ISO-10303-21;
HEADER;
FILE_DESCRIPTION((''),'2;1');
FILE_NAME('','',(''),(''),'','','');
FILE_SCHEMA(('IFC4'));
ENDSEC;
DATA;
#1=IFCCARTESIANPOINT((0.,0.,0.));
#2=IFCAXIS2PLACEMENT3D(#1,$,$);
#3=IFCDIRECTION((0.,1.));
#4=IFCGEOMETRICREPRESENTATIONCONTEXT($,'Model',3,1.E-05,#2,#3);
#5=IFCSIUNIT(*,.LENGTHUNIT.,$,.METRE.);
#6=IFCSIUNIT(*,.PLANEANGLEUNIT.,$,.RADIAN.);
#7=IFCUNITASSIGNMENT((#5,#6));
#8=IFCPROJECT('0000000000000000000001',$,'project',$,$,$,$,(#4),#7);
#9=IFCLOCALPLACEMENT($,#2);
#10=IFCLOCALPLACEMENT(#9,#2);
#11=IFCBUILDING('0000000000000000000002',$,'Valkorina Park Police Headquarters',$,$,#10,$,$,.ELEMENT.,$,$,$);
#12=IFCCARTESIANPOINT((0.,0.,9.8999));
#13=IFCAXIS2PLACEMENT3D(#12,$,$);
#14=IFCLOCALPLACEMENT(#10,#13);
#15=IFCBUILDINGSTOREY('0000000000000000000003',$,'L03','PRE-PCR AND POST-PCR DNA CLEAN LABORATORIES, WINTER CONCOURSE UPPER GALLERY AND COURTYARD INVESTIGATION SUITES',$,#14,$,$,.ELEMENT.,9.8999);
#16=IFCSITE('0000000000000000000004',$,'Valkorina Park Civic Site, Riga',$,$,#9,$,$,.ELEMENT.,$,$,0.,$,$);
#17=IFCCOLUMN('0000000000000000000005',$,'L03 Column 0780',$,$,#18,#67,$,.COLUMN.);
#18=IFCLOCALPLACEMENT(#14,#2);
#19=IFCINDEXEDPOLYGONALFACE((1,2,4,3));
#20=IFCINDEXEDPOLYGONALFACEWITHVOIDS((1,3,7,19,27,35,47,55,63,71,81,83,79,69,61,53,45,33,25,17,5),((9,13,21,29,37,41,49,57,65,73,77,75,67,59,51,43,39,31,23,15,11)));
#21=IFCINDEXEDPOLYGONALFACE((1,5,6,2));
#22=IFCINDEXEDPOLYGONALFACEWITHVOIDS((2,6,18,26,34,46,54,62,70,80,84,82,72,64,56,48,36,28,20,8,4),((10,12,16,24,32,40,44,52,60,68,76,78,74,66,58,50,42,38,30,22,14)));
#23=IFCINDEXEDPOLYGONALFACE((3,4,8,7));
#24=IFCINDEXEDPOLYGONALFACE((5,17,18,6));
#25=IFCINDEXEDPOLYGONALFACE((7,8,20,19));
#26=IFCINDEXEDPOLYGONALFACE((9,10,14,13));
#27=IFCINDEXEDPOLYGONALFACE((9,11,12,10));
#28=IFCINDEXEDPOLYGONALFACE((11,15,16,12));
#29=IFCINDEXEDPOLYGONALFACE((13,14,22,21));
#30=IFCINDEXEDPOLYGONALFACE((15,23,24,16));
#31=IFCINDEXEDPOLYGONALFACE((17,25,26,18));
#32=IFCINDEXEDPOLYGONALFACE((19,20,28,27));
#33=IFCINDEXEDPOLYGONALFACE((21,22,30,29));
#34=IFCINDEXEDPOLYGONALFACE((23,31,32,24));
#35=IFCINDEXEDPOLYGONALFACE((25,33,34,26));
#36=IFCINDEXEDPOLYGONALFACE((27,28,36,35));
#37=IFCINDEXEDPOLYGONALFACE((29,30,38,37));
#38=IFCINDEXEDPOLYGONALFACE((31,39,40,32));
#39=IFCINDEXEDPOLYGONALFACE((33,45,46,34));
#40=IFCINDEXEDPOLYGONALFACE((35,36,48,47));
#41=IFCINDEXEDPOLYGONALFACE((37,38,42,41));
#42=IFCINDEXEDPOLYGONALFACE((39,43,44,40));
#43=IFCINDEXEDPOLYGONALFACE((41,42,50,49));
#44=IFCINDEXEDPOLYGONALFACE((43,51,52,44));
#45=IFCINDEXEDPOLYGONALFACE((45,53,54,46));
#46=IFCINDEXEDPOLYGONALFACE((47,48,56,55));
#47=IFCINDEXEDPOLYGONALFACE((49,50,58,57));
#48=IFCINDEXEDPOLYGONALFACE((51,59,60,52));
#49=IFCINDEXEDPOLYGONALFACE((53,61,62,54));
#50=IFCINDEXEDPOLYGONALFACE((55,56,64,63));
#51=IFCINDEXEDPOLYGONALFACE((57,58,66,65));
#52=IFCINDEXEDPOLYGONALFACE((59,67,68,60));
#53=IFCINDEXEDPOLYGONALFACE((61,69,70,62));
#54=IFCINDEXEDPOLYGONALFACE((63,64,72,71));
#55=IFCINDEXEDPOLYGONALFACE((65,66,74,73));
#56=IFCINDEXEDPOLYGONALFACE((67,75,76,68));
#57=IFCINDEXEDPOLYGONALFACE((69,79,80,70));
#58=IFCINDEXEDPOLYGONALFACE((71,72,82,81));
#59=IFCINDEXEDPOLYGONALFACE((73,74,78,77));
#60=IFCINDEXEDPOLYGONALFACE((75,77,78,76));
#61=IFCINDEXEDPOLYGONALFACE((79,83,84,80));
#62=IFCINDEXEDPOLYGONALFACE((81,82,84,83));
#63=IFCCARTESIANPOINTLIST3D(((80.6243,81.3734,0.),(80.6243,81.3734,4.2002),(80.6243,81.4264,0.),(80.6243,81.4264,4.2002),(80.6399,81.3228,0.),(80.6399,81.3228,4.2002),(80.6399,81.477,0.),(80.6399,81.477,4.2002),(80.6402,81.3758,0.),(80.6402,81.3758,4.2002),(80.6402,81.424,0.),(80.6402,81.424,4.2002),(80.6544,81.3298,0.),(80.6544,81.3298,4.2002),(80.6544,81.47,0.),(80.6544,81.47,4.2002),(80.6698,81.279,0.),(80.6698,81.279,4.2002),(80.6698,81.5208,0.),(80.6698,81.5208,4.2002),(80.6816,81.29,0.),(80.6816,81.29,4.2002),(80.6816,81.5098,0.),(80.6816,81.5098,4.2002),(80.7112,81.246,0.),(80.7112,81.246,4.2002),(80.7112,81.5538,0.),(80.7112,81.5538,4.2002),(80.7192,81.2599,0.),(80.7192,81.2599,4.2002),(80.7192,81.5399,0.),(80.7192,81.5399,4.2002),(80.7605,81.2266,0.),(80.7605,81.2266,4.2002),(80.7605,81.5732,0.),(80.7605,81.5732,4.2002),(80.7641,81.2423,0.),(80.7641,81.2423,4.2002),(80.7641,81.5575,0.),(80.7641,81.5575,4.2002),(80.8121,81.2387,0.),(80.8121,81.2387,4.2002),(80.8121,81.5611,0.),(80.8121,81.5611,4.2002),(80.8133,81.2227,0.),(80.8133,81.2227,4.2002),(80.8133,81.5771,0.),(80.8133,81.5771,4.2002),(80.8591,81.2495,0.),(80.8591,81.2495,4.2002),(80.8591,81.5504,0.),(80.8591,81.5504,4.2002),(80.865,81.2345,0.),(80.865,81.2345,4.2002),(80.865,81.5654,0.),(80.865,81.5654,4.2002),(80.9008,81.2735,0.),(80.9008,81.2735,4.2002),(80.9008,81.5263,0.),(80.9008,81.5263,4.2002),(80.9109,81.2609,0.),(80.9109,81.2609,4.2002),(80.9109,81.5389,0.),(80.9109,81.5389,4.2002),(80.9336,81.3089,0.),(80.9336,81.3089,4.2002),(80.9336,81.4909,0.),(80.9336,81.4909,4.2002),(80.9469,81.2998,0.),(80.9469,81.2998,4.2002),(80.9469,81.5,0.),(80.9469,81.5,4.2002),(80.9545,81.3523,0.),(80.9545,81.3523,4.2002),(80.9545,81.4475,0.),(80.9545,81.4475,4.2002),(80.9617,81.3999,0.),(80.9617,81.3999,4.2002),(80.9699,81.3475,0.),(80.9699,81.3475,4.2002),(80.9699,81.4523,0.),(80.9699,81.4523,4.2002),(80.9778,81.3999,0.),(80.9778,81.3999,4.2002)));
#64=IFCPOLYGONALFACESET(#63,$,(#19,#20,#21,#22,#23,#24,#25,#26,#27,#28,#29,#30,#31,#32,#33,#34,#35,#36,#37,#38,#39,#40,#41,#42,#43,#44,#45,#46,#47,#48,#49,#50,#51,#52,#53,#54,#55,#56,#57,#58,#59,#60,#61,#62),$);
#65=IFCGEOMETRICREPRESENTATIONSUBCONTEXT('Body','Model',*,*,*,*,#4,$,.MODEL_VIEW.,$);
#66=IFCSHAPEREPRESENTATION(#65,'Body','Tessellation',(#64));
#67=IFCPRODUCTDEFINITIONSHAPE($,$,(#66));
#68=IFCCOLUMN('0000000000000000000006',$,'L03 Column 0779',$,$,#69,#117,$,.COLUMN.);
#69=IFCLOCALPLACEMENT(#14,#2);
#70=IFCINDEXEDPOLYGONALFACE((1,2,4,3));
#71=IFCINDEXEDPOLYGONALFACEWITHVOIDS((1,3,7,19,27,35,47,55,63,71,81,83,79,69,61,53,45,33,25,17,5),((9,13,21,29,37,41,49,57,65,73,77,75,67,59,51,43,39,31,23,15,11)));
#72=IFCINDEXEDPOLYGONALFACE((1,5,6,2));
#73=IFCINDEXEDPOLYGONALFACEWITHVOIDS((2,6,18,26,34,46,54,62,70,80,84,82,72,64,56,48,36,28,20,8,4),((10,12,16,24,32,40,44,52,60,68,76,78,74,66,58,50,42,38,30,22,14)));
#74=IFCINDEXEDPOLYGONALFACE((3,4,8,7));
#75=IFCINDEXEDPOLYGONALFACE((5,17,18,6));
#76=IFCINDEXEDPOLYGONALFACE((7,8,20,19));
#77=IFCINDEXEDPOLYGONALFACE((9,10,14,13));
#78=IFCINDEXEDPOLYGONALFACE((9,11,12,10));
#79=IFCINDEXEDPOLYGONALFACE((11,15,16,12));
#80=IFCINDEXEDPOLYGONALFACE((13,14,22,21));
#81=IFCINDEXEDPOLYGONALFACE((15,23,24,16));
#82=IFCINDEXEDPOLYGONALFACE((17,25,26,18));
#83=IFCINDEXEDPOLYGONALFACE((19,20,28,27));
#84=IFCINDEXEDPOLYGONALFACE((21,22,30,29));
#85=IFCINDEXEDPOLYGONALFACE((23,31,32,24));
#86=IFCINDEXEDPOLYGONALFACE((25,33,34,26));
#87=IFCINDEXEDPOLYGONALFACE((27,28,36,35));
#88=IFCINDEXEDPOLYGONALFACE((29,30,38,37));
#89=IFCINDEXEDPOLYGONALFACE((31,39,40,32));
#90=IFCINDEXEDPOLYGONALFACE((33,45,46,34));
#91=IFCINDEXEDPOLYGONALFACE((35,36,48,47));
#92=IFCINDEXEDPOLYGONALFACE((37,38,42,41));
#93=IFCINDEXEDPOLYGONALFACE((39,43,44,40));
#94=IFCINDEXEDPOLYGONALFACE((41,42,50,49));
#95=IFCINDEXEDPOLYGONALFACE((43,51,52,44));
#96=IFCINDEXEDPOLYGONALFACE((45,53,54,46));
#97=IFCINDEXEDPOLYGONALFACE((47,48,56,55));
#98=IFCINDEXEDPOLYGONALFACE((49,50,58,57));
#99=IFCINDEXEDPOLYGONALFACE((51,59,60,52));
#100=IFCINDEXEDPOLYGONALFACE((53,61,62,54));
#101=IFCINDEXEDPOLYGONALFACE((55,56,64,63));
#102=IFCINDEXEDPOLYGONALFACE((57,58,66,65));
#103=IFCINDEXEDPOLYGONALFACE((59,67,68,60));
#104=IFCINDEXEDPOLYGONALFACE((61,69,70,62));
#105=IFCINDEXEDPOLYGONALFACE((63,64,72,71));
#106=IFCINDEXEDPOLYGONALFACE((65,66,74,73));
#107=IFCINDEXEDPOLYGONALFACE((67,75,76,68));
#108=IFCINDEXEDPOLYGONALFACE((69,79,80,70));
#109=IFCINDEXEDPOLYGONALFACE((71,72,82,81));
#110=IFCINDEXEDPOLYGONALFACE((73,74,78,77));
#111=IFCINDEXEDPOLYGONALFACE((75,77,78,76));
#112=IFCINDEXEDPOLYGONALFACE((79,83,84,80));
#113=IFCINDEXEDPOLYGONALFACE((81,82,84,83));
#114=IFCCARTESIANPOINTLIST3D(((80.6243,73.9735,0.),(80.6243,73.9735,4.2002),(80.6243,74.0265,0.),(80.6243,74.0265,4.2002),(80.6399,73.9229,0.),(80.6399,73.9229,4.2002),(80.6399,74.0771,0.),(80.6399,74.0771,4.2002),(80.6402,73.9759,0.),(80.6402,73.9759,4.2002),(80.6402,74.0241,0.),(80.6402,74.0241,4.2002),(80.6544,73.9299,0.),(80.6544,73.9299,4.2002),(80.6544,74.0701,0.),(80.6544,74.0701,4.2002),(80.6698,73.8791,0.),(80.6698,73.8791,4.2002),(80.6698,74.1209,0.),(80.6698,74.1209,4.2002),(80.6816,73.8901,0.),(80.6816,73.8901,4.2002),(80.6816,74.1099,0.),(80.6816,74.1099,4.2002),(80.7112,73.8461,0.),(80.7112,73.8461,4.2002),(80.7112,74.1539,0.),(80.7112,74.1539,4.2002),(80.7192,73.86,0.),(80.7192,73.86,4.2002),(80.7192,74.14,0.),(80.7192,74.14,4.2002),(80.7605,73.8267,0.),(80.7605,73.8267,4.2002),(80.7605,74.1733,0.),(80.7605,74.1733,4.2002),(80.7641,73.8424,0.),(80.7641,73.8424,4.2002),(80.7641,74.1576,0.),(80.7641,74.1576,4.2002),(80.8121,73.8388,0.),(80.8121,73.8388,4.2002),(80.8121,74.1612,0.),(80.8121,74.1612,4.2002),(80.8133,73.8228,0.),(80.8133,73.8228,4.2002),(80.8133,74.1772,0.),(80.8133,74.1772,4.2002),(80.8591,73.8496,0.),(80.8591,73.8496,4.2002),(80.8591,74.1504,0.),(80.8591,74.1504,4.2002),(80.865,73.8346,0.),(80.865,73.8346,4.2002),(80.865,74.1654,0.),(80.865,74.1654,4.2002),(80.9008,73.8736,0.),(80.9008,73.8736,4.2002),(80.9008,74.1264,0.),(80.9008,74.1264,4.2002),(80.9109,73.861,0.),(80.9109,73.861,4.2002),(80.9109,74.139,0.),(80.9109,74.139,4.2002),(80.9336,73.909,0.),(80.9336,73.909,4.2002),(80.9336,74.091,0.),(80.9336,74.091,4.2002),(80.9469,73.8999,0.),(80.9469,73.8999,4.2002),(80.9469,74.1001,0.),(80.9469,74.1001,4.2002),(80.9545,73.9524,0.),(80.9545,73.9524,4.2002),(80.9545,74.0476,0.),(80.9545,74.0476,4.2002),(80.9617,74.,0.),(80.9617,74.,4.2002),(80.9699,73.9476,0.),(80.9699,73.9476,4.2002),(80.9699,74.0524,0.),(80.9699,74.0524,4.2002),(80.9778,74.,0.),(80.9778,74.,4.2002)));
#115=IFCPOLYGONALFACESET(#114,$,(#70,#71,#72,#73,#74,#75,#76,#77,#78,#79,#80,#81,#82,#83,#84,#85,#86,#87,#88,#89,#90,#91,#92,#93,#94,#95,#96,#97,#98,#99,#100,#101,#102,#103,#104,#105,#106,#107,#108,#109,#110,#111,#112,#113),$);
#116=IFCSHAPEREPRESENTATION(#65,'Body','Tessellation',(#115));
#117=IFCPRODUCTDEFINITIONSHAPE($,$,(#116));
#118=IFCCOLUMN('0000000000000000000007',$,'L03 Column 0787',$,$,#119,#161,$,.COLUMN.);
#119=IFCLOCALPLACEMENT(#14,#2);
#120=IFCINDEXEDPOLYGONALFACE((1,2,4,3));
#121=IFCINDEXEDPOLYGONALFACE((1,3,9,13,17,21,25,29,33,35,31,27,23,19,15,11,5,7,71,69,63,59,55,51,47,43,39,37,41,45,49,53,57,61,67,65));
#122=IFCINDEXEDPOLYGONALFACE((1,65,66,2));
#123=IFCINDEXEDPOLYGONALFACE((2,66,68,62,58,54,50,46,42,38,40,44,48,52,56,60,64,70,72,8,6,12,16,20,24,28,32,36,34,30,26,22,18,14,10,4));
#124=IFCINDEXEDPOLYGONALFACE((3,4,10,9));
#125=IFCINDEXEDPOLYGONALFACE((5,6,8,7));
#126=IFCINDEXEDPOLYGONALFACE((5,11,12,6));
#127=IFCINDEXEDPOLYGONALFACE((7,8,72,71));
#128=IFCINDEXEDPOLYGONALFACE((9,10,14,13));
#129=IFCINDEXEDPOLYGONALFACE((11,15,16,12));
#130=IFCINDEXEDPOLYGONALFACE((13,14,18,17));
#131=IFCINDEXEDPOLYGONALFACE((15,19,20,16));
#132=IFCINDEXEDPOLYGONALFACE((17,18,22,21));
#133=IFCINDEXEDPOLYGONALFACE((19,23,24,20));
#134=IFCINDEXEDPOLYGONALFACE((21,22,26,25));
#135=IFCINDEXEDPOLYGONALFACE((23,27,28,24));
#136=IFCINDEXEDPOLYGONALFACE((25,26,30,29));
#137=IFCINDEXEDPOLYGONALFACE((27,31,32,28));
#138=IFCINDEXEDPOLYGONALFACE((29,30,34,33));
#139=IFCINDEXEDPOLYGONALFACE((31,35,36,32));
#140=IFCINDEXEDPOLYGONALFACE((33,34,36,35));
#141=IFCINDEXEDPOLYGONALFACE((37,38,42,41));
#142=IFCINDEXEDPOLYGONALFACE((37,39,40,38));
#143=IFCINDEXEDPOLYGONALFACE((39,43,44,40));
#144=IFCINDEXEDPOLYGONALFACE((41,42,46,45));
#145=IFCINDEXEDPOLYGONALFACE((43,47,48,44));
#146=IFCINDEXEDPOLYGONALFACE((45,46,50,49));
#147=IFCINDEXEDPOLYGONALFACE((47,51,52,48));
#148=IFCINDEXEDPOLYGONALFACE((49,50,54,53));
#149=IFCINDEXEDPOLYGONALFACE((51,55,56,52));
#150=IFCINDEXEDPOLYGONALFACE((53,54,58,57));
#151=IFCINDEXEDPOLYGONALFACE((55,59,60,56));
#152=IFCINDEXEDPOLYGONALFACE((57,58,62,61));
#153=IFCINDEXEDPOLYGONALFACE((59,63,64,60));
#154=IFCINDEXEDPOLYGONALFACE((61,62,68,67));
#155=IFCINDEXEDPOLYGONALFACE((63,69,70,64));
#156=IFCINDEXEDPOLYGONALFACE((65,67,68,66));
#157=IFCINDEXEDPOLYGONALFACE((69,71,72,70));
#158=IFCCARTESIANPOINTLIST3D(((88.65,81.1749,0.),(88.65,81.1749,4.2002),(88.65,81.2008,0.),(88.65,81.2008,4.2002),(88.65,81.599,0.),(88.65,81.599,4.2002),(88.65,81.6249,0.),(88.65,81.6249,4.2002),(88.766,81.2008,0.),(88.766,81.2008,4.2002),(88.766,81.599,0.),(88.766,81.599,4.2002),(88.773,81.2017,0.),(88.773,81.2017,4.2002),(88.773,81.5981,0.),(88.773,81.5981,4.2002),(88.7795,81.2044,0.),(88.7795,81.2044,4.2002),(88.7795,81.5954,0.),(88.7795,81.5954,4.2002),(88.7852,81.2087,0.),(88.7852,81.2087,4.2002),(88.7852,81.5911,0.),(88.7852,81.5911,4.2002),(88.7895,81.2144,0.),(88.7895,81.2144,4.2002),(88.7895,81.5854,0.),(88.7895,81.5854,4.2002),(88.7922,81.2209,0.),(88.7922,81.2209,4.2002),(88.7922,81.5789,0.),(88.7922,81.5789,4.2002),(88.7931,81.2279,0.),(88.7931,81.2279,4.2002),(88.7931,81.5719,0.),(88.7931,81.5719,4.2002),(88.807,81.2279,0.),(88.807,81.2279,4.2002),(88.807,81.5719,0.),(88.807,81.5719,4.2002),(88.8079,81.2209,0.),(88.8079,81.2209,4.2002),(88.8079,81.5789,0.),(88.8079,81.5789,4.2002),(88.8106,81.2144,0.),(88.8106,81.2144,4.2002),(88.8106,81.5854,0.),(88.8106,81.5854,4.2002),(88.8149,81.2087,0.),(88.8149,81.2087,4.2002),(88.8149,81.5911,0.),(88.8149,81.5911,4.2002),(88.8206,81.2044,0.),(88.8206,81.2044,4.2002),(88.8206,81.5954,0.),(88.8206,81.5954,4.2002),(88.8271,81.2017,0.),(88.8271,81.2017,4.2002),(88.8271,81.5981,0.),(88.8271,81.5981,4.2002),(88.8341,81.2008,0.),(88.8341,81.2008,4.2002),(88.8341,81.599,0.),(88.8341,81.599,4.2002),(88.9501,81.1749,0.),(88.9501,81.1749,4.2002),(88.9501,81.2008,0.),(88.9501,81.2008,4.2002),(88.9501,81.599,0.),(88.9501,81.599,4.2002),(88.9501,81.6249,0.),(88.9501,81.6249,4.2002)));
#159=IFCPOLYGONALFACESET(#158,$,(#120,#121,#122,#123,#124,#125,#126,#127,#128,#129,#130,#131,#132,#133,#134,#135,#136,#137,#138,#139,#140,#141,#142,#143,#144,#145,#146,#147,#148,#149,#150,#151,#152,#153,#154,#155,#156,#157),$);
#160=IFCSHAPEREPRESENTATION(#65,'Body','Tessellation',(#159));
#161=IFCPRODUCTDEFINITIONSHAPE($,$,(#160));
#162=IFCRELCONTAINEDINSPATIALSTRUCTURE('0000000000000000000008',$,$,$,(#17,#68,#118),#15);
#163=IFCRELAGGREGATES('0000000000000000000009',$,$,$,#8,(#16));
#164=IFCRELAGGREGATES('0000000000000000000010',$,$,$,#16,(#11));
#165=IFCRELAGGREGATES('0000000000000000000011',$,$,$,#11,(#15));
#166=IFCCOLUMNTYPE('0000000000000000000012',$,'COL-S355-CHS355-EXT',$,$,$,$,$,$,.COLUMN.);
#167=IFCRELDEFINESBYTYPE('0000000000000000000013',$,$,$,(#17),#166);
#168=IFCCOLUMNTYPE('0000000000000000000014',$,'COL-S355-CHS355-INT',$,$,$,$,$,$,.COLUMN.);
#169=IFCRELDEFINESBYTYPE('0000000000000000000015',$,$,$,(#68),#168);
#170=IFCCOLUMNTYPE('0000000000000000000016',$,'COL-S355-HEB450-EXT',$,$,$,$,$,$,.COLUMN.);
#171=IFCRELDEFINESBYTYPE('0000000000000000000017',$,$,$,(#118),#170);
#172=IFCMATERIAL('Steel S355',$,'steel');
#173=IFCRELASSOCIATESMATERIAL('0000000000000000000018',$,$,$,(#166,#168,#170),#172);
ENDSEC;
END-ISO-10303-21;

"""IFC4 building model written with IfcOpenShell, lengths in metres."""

from ifc_helpers import new_model, si_unit, direction, frame, origin, origin_2d, place, context, subcontext, project, spatial, hollow_circle, i_section, extrude, material, material_profile, profile_set, type_object, element, save


model = new_model("IFC4")

# Units and contexts
model_context = context("Model", 3, precision=1e-05, world=origin(), true_north=direction((0.0, 1.0)))
body_context = subcontext(model_context, "Body", "Model", "MODEL_VIEW")
ifc_project = project(units=[si_unit("LENGTHUNIT", "METRE"), si_unit("PLANEANGLEUNIT", "RADIAN")], contexts=[model_context])

# Site, building, storey
site_placement = place(None, origin())
site = spatial("IfcSite", under=ifc_project, at=site_placement, Name="Valkorina Park Civic Site, Riga", CompositionType="ELEMENT", RefElevation=0.0)
building_placement = place(site_placement, origin())
building = spatial("IfcBuilding", under=site, at=building_placement, Name="Valkorina Park Police Headquarters", CompositionType="ELEMENT")
storey_placement = place(building_placement, frame((0.0, 0.0, 9.8999)))
storey = spatial("IfcBuildingStorey", under=building, at=storey_placement, Name="L03", Description="PRE-PCR AND POST-PCR DNA CLEAN LABORATORIES, WINTER CONCOURSE UPPER GALLERY AND COURTYARD INVESTIGATION SUITES", CompositionType="ELEMENT", Elevation=9.8999)

# Columns
ifc_material_1 = material(Name="Steel S355", Category="steel")
ifc_material_profile_1 = material_profile(ifc_material_1, hollow_circle(Radius=0.1777, WallThickness=0.0161, at=origin_2d()), Name="CHS 355.6x16")
ifc_profile_set_1 = profile_set([ifc_material_profile_1], Name="Steel S355")
column_type_1 = type_object("IfcColumnType", Name="COL-S355-CHS355-EXT", PredefinedType="COLUMN", material=ifc_profile_set_1)
column_1_placement = place(storey_placement, frame((80.8, 81.3999, 0.0), z_axis=(0.0, 0.0, 1.0), x_axis=(1.0, 0.0, 0.0)))
element("IfcColumn", 1, at=column_1_placement, inside=storey, type_object=column_type_1, Name="L03 Column 0780", PredefinedType="COLUMN", context=body_context, shape_type="SweptSolid", body=[
    extrude(hollow_circle(Radius=0.1777, WallThickness=0.0161, at=origin_2d()), origin(), (0.0, 0.0, 1.0), 4.2002),
])
ifc_material_profile_2 = material_profile(ifc_material_1, hollow_circle(Radius=0.1777, WallThickness=0.0161, at=origin_2d()), Name="CHS 355.6x16")
ifc_profile_set_2 = profile_set([ifc_material_profile_2], Name="Steel S355")
column_type_2 = type_object("IfcColumnType", Name="COL-S355-CHS355-INT", PredefinedType="COLUMN", material=ifc_profile_set_2)
column_2_placement = place(storey_placement, frame((80.8, 74.0, 0.0), z_axis=(0.0, 0.0, 1.0), x_axis=(1.0, 0.0, 0.0)))
element("IfcColumn", 2, at=column_2_placement, inside=storey, type_object=column_type_2, Name="L03 Column 0779", PredefinedType="COLUMN", context=body_context, shape_type="SweptSolid", body=[
    extrude(hollow_circle(Radius=0.1777, WallThickness=0.0161, at=origin_2d()), origin(), (0.0, 0.0, 1.0), 4.2002),
])
ifc_material_profile_3 = material_profile(ifc_material_1, i_section(OverallWidth=0.3, OverallDepth=0.45, WebThickness=0.0139, FlangeThickness=0.0259, FilletRadius=0.0271, at=origin_2d()), Name="HEB 450")
ifc_profile_set_3 = profile_set([ifc_material_profile_3], Name="Steel S355")
column_type_3 = type_object("IfcColumnType", Name="COL-S355-HEB450-EXT", PredefinedType="COLUMN", material=ifc_profile_set_3)
column_3_placement = place(storey_placement, frame((88.8, 81.3999, 0.0), z_axis=(0.0, 0.0, 1.0), x_axis=(1.0, 0.0, 0.0)))
element("IfcColumn", 3, at=column_3_placement, inside=storey, type_object=column_type_3, Name="L03 Column 0787", PredefinedType="COLUMN", context=body_context, shape_type="SweptSolid", body=[
    extrude(i_section(OverallWidth=0.3, OverallDepth=0.45, WebThickness=0.0139, FlangeThickness=0.0259, FilletRadius=0.0271, at=origin_2d()), origin(), (0.0, 0.0, 1.0), 4.2002),
])

save(model, "model.ifc")
